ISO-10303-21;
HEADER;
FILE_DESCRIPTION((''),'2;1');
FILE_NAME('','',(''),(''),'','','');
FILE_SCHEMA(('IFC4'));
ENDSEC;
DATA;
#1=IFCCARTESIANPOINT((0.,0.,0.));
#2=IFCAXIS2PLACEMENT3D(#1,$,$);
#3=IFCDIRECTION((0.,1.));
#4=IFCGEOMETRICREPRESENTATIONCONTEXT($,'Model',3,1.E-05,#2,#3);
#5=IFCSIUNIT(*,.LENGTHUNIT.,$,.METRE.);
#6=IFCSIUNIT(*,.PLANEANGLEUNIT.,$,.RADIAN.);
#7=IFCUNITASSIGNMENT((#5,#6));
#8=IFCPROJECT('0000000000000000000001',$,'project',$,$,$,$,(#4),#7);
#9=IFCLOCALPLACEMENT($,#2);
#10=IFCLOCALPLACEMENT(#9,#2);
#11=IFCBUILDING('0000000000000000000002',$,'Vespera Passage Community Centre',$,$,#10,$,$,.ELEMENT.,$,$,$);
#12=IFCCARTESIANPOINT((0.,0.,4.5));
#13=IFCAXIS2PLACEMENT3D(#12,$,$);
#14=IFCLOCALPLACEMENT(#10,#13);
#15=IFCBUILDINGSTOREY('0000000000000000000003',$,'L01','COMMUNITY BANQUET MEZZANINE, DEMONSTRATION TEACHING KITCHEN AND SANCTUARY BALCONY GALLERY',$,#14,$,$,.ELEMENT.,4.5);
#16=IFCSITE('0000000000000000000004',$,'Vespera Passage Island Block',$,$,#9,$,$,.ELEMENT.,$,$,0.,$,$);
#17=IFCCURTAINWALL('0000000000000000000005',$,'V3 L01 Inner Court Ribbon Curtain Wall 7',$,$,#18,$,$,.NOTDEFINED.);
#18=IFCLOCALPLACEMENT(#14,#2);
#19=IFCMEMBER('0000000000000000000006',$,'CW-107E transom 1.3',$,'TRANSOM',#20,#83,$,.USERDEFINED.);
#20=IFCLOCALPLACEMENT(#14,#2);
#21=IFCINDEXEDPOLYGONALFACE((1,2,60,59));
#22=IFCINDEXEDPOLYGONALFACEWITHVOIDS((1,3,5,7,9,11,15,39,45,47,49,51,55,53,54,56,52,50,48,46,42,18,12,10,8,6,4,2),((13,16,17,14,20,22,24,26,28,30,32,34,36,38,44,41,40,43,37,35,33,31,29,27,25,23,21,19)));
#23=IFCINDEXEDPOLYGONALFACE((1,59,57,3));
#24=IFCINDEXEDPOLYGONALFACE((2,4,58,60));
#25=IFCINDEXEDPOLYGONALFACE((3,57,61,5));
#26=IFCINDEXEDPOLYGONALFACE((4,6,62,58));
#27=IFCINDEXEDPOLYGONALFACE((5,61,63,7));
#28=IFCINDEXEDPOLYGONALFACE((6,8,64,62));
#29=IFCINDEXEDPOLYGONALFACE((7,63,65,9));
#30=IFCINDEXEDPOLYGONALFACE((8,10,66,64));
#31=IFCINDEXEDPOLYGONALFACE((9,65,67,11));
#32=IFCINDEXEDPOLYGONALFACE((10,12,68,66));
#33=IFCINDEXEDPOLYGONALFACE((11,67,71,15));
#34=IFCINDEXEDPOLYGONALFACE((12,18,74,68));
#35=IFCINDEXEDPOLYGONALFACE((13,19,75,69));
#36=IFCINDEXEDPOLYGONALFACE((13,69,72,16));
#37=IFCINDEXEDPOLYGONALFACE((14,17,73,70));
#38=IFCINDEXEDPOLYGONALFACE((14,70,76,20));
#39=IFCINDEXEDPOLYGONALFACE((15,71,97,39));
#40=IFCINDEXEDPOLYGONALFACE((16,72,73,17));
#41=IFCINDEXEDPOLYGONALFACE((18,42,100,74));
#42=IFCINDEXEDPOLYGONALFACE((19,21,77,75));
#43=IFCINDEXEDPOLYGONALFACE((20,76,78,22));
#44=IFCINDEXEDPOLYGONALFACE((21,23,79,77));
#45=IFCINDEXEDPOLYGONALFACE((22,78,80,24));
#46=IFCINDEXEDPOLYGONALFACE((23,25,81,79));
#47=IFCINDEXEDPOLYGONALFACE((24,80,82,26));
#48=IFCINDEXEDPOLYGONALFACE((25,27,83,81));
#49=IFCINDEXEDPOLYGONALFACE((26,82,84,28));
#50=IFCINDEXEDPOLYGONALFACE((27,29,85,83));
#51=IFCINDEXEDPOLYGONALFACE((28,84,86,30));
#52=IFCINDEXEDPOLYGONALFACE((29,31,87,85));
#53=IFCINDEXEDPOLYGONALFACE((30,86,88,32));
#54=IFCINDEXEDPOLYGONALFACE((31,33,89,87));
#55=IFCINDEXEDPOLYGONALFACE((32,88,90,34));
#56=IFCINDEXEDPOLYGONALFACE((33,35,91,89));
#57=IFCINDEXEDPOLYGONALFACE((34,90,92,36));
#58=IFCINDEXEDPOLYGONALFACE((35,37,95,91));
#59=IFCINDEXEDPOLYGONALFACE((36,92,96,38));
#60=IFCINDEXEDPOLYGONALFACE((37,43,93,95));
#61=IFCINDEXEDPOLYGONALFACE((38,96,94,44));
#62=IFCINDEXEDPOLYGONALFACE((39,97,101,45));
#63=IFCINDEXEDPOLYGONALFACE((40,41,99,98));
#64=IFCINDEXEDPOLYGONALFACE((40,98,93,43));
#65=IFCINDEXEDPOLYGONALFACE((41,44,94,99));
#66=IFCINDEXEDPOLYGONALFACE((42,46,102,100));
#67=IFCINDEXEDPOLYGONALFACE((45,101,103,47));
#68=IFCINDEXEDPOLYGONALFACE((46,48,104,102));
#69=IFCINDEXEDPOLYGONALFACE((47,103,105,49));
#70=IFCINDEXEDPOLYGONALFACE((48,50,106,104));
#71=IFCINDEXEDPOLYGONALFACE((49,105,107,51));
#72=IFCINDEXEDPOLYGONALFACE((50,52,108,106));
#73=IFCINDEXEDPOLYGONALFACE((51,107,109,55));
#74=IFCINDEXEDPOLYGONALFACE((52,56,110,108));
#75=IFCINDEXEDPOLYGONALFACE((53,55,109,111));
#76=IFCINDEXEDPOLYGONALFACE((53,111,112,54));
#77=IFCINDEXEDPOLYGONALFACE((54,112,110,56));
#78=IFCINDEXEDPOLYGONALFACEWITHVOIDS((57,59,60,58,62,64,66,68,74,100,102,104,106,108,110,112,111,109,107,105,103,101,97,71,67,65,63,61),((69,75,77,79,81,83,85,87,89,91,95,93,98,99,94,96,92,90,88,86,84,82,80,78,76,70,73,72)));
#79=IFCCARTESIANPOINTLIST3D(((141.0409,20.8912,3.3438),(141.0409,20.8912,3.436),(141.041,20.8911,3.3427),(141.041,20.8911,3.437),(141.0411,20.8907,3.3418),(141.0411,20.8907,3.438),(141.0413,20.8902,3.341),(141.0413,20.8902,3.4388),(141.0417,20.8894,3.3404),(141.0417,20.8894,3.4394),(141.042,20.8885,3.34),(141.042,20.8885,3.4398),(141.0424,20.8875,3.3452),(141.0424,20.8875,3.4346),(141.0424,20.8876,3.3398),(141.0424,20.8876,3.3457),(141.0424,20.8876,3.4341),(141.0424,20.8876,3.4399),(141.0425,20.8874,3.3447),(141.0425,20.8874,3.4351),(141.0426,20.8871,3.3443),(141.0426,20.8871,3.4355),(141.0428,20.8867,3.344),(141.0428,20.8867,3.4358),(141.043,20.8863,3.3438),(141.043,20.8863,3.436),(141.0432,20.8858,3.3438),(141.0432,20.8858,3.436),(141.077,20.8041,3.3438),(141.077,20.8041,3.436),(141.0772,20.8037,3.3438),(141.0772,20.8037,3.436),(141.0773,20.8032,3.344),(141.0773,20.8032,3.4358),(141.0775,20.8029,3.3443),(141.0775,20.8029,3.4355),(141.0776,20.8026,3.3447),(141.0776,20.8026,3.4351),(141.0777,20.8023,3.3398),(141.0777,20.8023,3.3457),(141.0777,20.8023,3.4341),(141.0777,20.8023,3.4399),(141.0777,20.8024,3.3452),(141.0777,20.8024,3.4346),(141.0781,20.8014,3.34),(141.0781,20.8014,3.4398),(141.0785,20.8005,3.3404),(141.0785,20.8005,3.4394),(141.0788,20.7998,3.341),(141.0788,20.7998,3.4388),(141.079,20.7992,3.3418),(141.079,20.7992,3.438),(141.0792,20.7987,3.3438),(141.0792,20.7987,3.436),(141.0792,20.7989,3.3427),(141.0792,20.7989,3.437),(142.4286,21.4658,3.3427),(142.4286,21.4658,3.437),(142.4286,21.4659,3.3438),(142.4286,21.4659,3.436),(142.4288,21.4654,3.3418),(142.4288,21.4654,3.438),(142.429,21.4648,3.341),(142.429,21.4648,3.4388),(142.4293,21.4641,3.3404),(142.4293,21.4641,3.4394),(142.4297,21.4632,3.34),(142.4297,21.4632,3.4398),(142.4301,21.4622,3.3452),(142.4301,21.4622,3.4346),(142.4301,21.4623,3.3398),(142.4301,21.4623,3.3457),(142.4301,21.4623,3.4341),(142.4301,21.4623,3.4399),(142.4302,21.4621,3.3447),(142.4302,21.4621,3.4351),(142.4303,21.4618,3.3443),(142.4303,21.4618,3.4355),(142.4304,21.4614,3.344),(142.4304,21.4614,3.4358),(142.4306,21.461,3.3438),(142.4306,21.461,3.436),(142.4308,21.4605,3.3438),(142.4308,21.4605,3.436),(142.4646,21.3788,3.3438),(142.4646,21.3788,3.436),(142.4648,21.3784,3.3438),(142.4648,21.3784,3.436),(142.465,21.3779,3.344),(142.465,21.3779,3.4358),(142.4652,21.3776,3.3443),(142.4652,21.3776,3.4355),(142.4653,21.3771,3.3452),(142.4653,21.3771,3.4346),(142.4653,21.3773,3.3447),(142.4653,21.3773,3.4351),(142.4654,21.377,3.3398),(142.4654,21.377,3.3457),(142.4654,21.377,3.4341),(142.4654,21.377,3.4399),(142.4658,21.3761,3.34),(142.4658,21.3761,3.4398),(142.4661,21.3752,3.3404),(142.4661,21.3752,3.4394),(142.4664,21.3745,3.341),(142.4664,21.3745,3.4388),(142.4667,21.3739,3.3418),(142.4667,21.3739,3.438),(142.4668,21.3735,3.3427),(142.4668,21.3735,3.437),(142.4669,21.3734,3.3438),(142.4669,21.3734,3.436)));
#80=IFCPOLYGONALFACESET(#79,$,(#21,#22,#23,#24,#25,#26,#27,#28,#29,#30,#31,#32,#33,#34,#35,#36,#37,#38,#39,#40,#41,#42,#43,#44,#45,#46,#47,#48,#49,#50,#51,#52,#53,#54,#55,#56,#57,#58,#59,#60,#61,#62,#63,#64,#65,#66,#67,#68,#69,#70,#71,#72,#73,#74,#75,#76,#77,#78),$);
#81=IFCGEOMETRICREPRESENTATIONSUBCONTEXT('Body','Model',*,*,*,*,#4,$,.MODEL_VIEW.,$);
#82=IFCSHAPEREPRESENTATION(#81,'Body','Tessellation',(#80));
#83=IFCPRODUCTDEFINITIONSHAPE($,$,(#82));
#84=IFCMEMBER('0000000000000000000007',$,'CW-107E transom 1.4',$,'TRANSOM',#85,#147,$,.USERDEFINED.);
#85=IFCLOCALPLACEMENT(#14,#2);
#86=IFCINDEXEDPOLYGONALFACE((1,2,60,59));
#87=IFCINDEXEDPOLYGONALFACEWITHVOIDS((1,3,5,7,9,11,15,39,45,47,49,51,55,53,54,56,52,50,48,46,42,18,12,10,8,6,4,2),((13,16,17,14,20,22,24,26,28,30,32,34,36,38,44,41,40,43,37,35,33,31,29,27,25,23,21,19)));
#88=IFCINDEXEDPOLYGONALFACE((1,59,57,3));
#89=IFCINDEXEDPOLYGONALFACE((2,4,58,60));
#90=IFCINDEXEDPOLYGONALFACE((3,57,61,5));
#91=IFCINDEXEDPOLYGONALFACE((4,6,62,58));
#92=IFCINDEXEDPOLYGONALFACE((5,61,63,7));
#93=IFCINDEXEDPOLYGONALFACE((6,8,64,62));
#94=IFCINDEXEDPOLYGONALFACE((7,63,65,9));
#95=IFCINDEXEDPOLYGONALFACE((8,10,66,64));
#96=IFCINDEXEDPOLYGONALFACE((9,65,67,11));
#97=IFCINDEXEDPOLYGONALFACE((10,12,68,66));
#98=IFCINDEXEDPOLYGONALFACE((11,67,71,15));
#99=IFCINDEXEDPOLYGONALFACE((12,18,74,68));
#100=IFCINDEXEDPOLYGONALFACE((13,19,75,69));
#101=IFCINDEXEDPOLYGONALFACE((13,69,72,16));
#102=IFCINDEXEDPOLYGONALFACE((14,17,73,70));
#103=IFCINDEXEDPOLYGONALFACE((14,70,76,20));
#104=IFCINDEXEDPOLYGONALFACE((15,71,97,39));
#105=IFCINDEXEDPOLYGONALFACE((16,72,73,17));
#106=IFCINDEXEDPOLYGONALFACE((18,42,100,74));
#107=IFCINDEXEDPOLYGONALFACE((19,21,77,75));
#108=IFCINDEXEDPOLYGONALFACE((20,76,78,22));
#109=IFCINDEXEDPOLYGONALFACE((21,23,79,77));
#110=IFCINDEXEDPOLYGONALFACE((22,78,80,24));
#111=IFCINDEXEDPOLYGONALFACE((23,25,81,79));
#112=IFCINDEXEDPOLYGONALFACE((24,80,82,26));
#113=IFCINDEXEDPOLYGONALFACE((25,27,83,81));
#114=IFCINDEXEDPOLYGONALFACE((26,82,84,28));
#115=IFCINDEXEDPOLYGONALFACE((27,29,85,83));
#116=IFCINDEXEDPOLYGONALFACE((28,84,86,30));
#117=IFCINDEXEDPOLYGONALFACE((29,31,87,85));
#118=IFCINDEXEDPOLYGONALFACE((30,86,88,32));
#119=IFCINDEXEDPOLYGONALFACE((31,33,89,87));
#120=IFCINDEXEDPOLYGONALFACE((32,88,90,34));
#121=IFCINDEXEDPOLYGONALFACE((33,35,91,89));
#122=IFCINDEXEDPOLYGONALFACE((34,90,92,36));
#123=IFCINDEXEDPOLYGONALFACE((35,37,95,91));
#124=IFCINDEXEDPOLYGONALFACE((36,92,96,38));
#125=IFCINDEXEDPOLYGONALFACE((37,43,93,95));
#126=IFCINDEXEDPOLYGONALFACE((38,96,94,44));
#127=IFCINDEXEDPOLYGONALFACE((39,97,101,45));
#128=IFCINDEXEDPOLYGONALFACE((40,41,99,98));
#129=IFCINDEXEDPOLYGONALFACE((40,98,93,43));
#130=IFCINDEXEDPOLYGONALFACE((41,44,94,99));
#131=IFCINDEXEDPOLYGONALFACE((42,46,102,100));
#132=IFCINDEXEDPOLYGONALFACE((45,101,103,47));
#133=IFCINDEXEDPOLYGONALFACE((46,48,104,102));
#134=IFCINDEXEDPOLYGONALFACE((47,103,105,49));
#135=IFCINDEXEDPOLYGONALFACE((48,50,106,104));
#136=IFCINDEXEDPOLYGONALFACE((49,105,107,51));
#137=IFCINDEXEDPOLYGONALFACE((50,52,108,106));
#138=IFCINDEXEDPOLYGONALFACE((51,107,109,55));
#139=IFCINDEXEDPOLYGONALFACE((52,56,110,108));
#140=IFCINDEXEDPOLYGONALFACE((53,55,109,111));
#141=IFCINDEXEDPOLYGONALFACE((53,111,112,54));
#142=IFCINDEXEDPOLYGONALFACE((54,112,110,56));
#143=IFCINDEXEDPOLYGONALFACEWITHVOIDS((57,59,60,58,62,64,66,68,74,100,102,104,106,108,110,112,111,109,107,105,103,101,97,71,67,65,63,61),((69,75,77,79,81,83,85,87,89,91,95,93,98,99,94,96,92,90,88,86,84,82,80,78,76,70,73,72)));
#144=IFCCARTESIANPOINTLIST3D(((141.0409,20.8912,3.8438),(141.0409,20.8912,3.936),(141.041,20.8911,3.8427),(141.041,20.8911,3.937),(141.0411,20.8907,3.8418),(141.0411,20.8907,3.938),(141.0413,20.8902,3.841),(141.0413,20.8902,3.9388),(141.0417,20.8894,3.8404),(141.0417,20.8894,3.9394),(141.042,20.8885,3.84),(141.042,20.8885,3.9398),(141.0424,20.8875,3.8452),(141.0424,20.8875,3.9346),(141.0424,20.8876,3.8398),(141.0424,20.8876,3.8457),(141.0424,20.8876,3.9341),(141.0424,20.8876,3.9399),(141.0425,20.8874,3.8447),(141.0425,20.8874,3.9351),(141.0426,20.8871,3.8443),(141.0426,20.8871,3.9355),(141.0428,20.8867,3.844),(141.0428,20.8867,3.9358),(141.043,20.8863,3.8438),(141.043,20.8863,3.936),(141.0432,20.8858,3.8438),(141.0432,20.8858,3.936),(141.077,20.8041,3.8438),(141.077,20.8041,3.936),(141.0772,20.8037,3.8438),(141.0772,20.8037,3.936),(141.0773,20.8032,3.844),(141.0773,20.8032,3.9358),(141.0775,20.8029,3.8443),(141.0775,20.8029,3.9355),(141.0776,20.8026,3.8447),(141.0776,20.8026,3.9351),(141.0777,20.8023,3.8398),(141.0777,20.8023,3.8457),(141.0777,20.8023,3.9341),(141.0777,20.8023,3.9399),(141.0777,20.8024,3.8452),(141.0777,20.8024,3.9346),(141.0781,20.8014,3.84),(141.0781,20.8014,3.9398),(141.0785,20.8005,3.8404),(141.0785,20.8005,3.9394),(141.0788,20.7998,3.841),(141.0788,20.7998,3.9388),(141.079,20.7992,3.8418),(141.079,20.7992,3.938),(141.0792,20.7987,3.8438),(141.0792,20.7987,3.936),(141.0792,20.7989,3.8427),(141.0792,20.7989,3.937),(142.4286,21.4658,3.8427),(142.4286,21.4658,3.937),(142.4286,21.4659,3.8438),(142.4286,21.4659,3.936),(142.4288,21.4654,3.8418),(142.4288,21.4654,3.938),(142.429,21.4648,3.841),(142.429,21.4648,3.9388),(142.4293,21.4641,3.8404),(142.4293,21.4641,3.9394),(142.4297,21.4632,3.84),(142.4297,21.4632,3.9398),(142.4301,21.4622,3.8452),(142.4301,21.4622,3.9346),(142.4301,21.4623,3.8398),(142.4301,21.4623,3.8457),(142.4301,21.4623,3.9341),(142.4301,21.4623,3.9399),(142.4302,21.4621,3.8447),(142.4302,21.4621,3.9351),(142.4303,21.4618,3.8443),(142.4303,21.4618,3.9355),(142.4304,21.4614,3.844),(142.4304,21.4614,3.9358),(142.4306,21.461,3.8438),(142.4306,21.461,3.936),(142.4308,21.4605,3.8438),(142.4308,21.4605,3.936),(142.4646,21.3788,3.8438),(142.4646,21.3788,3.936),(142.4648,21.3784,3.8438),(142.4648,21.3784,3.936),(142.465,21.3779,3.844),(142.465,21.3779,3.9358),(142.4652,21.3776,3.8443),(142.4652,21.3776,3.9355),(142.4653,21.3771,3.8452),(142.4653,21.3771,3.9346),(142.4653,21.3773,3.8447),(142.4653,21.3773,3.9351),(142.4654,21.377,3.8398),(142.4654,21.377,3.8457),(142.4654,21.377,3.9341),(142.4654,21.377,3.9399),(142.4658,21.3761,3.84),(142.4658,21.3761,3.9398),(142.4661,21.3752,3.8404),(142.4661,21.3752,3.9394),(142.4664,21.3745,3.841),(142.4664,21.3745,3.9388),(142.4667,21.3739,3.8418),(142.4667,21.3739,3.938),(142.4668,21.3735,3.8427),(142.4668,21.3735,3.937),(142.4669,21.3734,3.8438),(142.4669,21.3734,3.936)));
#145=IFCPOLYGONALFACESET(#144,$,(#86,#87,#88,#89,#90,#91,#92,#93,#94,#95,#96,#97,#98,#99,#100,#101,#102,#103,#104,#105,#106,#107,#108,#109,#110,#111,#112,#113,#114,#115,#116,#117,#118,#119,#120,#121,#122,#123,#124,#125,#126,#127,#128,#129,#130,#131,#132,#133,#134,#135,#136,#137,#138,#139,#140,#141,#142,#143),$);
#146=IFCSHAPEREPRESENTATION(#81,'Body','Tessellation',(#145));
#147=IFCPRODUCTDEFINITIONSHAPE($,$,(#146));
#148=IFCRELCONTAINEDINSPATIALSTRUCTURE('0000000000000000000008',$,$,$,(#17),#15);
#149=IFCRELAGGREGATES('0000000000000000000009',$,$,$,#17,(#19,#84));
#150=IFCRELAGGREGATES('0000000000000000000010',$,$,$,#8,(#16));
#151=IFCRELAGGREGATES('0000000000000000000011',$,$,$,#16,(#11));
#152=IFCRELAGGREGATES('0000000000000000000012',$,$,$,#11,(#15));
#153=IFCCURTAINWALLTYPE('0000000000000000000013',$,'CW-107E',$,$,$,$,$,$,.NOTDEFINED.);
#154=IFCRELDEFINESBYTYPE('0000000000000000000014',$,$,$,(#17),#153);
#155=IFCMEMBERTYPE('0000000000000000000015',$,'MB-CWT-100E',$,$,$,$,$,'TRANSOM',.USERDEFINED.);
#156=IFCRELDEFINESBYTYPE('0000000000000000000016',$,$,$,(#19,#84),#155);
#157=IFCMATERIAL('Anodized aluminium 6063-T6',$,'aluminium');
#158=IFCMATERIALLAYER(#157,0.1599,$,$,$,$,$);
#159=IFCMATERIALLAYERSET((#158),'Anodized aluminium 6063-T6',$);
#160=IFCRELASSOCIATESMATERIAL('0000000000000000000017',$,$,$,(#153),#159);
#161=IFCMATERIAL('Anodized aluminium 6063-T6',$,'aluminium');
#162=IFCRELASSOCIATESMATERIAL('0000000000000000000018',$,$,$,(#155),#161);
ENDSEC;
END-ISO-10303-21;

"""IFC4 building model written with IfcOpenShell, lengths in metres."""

from ifc_helpers import new_model, si_unit, direction, frame, origin, origin_2d, place, context, subcontext, project, spatial, hollow_rectangle, extrude, material, layer, layer_set, material_profile, profile_set, type_object, element, aggregate, save


model = new_model("IFC4")

# Units and contexts
model_context = context("Model", 3, precision=1e-05, world=origin(), true_north=direction((0.0, 1.0)))
body_context = subcontext(model_context, "Body", "Model", "MODEL_VIEW")
ifc_project = project(units=[si_unit("LENGTHUNIT", "METRE"), si_unit("PLANEANGLEUNIT", "RADIAN")], contexts=[model_context])

# Site, building, storey
site_placement = place(None, origin())
site = spatial("IfcSite", under=ifc_project, at=site_placement, Name="Vespera Passage Island Block", CompositionType="ELEMENT", RefElevation=0.0)
building_placement = place(site_placement, origin())
building = spatial("IfcBuilding", under=site, at=building_placement, Name="Vespera Passage Community Centre", CompositionType="ELEMENT")
storey_placement = place(building_placement, frame((0.0, 0.0, 4.5)))
storey = spatial("IfcBuildingStorey", under=building, at=storey_placement, Name="L01", Description="COMMUNITY BANQUET MEZZANINE, DEMONSTRATION TEACHING KITCHEN AND SANCTUARY BALCONY GALLERY", CompositionType="ELEMENT", Elevation=4.5)

# Shared definitions
ifc_material_1 = material(Name="Anodized aluminium 6063-T6", Category="aluminium")
ifc_layer_1 = layer(ifc_material_1, 0.1599)
ifc_layer_set_1 = layer_set([ifc_layer_1], Name="Anodized aluminium 6063-T6")
curtain_wall_type = type_object("IfcCurtainWallType", Name="CW-107E", PredefinedType="NOTDEFINED", material=ifc_layer_set_1)

# Curtain wall
curtain_wall_1_placement = place(storey_placement, origin())
curtain_wall_1 = element("IfcCurtainWall", 1, at=curtain_wall_1_placement, inside=storey, type_object=curtain_wall_type, Name="V3 L01 Inner Court Ribbon Curtain Wall 7", PredefinedType="NOTDEFINED")

# Members
ifc_material_2 = material(Name="Anodized aluminium 6063-T6", Category="aluminium")
ifc_material_profile_1 = material_profile(ifc_material_2, hollow_rectangle(XDim=0.1001, YDim=0.1001, WallThickness=0.0039, InnerFilletRadius=0.002, OuterFilletRadius=0.0039, at=origin_2d()), Name="ALU100X100X4")
ifc_profile_set_1 = profile_set([ifc_material_profile_1], Name="Anodized aluminium 6063-T6")
member_type_1 = type_object("IfcMemberType", Name="MB-CWT-100E", ElementType="TRANSOM", PredefinedType="USERDEFINED", material=ifc_profile_set_1)
member_1_placement = place(storey_placement, frame((141.0601, 20.845, 3.3899), z_axis=(0.923902, 0.382629, 0.0), x_axis=(-0.382629, 0.923902, 0.0)))
member_1 = element("IfcMember", 2, at=member_1_placement, type_object=member_type_1, Name="CW-107E transom 1.3", ObjectType="TRANSOM", PredefinedType="USERDEFINED", context=body_context, shape_type="SweptSolid", body=[
    extrude(hollow_rectangle(XDim=0.1001, YDim=0.1001, WallThickness=0.0039, InnerFilletRadius=0.002, OuterFilletRadius=0.0039, at=origin_2d()), origin(), (0.0, 0.0, 1.0), 1.502),
])
member_2_placement = place(storey_placement, frame((141.0601, 20.845, 3.8899), z_axis=(0.923902, 0.382629, 0.0), x_axis=(-0.382629, 0.923902, 0.0)))
member_2 = element("IfcMember", 3, at=member_2_placement, type_object=member_type_1, Name="CW-107E transom 1.4", ObjectType="TRANSOM", PredefinedType="USERDEFINED", context=body_context, shape_type="SweptSolid", body=[
    extrude(hollow_rectangle(XDim=0.1001, YDim=0.1001, WallThickness=0.0039, InnerFilletRadius=0.002, OuterFilletRadius=0.0039, at=origin_2d()), origin(), (0.0, 0.0, 1.0), 1.502),
])

aggregate(curtain_wall_1, [member_1, member_2])

save(model, "model.ifc")
